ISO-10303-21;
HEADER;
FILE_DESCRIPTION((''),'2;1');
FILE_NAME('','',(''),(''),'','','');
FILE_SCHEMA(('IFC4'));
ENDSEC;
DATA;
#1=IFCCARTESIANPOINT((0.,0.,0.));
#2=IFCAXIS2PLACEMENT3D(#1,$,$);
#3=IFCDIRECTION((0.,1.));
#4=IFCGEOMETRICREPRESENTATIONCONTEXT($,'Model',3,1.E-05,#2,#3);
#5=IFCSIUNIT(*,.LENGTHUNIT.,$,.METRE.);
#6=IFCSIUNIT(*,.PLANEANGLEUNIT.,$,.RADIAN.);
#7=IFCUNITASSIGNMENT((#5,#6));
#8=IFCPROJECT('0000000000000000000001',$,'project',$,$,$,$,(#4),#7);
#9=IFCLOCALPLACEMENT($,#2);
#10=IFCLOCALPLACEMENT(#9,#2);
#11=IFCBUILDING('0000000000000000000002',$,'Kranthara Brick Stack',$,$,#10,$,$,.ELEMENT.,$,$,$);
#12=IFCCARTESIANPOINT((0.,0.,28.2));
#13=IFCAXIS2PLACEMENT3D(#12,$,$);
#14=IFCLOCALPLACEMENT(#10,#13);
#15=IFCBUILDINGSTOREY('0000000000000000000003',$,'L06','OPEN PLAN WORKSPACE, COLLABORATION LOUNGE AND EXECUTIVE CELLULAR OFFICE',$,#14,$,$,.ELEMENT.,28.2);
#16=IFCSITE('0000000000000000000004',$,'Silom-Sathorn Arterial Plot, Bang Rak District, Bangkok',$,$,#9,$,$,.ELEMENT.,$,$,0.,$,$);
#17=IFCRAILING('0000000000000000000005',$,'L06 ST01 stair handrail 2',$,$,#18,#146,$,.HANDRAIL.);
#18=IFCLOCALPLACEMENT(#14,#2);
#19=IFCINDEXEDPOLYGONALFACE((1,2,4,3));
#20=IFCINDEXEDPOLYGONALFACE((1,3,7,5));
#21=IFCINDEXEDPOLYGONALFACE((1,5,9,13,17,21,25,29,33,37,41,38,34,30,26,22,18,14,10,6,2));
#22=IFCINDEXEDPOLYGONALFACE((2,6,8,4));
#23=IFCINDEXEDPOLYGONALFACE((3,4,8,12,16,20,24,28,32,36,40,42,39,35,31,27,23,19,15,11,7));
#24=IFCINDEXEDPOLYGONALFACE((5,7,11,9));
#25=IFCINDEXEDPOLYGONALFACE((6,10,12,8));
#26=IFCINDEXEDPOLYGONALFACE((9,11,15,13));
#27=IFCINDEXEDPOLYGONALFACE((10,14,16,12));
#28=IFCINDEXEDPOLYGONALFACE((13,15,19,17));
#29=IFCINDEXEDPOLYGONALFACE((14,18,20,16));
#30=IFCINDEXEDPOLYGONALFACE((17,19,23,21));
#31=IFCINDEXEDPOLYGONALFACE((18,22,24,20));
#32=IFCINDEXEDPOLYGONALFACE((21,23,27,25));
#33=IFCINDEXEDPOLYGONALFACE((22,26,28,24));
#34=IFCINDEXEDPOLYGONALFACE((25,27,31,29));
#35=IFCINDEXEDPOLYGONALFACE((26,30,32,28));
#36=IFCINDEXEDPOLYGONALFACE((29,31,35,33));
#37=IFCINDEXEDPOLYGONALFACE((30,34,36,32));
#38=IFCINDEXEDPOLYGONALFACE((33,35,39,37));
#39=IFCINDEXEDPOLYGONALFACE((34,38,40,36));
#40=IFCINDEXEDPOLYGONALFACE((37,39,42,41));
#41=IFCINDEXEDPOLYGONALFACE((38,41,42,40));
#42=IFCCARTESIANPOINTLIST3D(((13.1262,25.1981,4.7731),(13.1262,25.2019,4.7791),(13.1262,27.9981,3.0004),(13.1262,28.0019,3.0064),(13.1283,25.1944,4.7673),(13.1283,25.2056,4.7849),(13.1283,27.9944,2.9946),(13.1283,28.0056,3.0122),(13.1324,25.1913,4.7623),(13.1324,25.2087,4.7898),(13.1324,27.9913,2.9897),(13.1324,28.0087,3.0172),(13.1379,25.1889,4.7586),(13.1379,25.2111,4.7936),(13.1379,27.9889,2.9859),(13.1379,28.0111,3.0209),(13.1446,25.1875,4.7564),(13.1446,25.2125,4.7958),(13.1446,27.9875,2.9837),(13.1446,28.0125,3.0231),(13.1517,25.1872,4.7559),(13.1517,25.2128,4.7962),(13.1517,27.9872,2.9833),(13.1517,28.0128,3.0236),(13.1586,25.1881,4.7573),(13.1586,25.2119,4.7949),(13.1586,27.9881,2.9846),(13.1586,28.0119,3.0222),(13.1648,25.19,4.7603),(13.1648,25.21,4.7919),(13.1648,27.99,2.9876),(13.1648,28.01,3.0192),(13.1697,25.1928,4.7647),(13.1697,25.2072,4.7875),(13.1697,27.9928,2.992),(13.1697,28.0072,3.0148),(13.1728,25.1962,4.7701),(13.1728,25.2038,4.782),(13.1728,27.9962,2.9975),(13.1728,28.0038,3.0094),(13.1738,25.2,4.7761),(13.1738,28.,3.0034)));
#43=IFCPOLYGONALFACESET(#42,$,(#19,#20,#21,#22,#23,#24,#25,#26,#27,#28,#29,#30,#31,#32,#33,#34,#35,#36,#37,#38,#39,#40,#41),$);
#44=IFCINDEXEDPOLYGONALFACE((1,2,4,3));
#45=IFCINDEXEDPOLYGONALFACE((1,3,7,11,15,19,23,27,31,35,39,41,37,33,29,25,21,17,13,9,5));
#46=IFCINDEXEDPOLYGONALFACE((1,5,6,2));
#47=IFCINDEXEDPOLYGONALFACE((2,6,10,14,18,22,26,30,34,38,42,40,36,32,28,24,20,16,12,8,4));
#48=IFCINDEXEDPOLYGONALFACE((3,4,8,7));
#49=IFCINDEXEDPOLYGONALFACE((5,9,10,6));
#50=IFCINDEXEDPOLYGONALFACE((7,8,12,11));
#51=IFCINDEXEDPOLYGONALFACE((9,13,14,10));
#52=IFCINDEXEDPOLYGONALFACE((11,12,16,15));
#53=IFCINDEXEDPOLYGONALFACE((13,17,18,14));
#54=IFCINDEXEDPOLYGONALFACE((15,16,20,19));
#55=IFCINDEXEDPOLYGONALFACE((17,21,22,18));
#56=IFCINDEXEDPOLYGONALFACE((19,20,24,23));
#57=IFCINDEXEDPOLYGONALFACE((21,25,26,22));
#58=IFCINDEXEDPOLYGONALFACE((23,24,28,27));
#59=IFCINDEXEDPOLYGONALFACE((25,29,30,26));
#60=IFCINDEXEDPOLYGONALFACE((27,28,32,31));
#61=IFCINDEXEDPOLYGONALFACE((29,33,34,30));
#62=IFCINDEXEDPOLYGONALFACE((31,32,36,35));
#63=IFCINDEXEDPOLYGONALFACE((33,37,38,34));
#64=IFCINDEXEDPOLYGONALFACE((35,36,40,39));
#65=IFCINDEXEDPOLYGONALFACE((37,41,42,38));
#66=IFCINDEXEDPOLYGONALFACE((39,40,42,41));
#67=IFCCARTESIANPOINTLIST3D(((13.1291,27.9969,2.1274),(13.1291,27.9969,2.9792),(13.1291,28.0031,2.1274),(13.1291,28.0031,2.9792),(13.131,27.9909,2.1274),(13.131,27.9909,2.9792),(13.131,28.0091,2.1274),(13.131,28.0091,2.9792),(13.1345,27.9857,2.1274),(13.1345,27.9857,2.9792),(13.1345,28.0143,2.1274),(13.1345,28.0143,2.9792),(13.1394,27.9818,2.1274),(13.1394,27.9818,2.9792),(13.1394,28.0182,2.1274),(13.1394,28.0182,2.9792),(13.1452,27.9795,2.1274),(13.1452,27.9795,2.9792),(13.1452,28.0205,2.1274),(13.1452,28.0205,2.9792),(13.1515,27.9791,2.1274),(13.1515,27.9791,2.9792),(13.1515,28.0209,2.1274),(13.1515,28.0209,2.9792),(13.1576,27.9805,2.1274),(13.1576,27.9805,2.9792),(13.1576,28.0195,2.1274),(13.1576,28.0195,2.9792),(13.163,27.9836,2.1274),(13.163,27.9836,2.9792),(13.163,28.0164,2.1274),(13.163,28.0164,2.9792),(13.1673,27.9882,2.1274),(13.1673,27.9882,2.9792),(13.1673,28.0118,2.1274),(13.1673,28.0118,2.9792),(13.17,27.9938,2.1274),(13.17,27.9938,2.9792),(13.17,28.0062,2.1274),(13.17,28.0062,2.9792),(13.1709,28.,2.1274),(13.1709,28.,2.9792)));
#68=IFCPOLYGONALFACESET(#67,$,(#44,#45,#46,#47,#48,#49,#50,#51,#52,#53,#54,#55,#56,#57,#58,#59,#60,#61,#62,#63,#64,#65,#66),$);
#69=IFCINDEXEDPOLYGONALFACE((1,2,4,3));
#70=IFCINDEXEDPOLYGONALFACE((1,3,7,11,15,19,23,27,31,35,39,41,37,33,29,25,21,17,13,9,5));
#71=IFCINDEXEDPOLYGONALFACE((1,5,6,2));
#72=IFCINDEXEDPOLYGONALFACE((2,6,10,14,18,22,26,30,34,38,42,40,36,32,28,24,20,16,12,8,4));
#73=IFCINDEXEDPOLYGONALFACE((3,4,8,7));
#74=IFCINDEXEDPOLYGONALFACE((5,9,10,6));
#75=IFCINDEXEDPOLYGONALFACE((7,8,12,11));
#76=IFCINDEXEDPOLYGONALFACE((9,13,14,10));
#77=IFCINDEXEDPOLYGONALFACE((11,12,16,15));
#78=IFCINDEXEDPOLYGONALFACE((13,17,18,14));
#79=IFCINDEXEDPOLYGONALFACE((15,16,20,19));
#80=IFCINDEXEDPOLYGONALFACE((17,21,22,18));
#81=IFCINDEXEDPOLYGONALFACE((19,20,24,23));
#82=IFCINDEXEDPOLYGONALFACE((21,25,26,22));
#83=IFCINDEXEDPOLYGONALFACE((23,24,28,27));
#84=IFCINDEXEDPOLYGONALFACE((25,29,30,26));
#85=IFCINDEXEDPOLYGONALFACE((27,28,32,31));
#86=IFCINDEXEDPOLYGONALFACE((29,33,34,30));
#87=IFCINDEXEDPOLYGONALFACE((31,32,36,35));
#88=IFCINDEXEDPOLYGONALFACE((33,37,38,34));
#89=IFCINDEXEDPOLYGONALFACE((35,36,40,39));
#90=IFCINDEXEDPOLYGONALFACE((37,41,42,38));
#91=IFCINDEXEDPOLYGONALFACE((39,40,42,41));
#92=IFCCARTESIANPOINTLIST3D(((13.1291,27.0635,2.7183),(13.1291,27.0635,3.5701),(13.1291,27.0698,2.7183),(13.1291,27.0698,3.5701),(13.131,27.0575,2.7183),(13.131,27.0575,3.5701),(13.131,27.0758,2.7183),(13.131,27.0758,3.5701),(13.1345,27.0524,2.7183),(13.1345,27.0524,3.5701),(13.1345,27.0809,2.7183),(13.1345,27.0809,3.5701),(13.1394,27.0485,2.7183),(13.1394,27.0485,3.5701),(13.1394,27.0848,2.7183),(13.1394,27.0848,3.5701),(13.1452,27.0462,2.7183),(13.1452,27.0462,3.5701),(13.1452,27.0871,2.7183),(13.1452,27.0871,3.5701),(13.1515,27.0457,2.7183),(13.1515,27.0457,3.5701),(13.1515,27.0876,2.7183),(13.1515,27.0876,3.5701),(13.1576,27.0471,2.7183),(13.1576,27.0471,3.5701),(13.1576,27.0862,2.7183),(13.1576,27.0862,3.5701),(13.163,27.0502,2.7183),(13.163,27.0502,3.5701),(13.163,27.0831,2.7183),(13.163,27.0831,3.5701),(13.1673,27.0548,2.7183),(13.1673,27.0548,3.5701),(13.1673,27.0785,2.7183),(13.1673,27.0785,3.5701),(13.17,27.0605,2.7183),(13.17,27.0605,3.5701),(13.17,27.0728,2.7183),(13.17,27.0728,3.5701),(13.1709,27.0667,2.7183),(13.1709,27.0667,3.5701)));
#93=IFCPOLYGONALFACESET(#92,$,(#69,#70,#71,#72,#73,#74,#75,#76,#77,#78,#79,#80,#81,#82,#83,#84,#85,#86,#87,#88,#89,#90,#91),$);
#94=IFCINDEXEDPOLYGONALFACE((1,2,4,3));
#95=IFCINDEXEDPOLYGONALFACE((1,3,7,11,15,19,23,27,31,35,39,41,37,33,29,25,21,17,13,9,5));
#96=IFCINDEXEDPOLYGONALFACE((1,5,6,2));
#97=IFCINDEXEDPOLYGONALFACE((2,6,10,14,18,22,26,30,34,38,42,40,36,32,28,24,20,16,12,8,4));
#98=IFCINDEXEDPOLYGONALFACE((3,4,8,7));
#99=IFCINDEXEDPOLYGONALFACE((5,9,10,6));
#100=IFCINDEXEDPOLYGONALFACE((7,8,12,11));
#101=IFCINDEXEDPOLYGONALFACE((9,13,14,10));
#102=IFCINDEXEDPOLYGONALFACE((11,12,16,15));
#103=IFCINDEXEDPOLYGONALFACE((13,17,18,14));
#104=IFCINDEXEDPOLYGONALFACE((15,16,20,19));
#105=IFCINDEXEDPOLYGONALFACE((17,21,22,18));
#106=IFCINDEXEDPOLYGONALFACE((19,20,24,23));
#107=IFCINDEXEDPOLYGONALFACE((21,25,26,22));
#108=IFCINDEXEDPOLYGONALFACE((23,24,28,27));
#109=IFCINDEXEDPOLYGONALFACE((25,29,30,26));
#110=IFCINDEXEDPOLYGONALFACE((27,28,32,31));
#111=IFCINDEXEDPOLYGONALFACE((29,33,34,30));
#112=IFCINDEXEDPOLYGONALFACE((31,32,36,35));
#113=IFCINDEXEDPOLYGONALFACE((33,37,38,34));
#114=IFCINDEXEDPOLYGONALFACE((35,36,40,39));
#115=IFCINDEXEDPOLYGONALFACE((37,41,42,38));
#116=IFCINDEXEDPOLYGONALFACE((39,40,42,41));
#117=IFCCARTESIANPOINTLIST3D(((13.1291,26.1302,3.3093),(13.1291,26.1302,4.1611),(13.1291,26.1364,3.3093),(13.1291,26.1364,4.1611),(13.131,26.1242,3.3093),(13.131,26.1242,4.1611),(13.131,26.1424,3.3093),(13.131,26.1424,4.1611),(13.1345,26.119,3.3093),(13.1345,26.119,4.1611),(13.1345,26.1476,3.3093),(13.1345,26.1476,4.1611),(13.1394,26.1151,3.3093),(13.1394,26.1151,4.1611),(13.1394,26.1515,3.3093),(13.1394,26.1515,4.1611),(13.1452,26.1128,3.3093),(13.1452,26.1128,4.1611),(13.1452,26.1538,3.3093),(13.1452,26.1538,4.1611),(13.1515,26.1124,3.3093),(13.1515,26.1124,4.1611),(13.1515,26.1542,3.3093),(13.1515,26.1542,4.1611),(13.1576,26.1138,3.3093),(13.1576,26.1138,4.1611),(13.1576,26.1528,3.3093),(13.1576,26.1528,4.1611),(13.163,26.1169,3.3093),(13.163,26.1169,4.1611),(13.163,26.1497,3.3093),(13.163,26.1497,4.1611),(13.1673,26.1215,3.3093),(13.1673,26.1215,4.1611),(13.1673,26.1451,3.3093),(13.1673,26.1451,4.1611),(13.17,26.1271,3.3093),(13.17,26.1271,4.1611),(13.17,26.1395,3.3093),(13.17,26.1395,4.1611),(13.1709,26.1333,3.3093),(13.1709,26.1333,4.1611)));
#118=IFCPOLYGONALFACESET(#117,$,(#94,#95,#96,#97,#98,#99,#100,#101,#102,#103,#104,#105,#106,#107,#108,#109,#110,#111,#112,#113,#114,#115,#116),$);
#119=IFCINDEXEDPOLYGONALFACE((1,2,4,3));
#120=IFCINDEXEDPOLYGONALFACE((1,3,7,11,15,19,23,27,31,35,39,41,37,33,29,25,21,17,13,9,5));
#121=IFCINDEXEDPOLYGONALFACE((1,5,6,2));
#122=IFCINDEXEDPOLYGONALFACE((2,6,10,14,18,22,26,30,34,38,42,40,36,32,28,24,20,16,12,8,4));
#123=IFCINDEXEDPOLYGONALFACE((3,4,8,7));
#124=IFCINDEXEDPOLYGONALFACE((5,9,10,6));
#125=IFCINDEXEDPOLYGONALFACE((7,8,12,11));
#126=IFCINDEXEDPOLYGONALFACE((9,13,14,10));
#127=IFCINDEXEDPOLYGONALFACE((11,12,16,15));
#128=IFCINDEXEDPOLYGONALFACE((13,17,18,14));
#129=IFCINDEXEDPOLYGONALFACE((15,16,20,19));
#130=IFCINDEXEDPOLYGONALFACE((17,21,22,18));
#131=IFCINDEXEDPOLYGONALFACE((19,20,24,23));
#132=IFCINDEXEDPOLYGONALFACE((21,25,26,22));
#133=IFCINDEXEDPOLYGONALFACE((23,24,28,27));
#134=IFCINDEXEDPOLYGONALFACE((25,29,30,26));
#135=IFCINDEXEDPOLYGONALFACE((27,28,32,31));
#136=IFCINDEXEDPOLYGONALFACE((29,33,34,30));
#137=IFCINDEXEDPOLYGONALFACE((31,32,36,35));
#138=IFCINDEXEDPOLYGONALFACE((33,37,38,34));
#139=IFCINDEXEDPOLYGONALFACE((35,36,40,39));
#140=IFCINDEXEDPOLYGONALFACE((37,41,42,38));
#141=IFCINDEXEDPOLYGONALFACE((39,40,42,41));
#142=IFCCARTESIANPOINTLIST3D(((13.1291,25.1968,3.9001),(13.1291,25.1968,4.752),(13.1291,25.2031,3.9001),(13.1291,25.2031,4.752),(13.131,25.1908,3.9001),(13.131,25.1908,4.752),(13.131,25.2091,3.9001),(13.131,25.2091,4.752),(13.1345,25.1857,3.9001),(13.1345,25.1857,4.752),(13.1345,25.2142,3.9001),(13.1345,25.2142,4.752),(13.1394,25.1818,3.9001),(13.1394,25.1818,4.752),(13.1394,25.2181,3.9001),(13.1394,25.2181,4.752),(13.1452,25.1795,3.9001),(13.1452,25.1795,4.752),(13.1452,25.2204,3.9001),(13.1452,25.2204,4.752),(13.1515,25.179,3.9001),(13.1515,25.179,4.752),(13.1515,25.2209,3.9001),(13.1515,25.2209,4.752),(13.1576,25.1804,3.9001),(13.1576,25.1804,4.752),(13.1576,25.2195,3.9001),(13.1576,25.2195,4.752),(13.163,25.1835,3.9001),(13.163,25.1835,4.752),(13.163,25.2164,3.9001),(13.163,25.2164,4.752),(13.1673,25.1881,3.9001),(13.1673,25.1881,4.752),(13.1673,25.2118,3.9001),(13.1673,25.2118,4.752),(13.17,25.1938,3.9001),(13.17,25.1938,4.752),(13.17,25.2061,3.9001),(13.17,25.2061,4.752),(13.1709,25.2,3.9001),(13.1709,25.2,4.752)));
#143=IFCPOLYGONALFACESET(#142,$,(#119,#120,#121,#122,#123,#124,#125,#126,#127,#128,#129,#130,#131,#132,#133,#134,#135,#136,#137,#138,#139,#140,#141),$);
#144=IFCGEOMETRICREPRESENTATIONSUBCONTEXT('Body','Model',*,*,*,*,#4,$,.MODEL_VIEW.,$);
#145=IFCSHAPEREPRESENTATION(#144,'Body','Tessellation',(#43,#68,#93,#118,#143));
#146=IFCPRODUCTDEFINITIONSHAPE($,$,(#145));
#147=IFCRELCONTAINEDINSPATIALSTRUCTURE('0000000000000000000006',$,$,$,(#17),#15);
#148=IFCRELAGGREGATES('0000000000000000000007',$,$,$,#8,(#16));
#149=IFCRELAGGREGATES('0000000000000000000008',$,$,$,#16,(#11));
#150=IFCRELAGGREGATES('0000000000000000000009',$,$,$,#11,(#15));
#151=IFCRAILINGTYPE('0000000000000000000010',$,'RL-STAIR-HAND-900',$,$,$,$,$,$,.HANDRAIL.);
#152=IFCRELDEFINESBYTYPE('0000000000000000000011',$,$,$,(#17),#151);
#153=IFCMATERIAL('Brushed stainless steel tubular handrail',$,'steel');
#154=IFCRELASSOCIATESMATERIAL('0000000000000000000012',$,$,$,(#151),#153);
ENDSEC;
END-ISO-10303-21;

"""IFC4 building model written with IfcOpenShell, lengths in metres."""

from ifc_helpers import new_model, si_unit, direction, frame, origin, origin_2d, place, context, subcontext, project, spatial, circle, extrude, material, type_object, element, save


model = new_model("IFC4")

# Units and contexts
model_context = context("Model", 3, precision=1e-05, world=origin(), true_north=direction((0.0, 1.0)))
body_context = subcontext(model_context, "Body", "Model", "MODEL_VIEW")
ifc_project = project(units=[si_unit("LENGTHUNIT", "METRE"), si_unit("PLANEANGLEUNIT", "RADIAN")], contexts=[model_context])

# Site, building, storey
site_placement = place(None, origin())
site = spatial("IfcSite", under=ifc_project, at=site_placement, Name="Silom-Sathorn Arterial Plot, Bang Rak District, Bangkok", CompositionType="ELEMENT", RefElevation=0.0)
building_placement = place(site_placement, origin())
building = spatial("IfcBuilding", under=site, at=building_placement, Name="Kranthara Brick Stack", CompositionType="ELEMENT")
storey_placement = place(building_placement, frame((0.0, 0.0, 28.2)))
storey = spatial("IfcBuildingStorey", under=building, at=storey_placement, Name="L06", Description="OPEN PLAN WORKSPACE, COLLABORATION LOUNGE AND EXECUTIVE CELLULAR OFFICE", CompositionType="ELEMENT", Elevation=28.2)

# Railing
ifc_material_1 = material(Name="Brushed stainless steel tubular handrail", Category="steel")
railing_type_1 = type_object("IfcRailingType", Name="RL-STAIR-HAND-900", PredefinedType="HANDRAIL", material=ifc_material_1)
railing_1_placement = place(storey_placement, frame((13.1499, 28.0, 2.1274)))
element("IfcRailing", 1, at=railing_1_placement, inside=storey, type_object=railing_type_1, Name="L06 ST01 stair handrail 2", PredefinedType="HANDRAIL", context=body_context, shape_type="SweptSolid", body=[
    extrude(circle(Radius=0.0239, at=origin_2d()), frame((0.0, 0.0, 0.876), z_axis=(0.0, -0.844909, 0.53491), x_axis=(1.0, 0.0, 0.0)), (0.0, 0.0, 1.0), 3.314),
    extrude(circle(Radius=0.021, at=origin_2d()), origin(), (0.0, 0.0, 1.0), 0.8518),
    extrude(circle(Radius=0.021, at=origin_2d()), frame((0.0, -0.9333, 0.5908)), (0.0, 0.0, 1.0), 0.8518),
    extrude(circle(Radius=0.021, at=origin_2d()), frame((0.0, -1.8667, 1.1819)), (0.0, 0.0, 1.0), 0.8518),
    extrude(circle(Radius=0.021, at=origin_2d()), frame((0.0, -2.8, 1.7727)), (0.0, 0.0, 1.0), 0.8518),
])

save(model, "model.ifc")
